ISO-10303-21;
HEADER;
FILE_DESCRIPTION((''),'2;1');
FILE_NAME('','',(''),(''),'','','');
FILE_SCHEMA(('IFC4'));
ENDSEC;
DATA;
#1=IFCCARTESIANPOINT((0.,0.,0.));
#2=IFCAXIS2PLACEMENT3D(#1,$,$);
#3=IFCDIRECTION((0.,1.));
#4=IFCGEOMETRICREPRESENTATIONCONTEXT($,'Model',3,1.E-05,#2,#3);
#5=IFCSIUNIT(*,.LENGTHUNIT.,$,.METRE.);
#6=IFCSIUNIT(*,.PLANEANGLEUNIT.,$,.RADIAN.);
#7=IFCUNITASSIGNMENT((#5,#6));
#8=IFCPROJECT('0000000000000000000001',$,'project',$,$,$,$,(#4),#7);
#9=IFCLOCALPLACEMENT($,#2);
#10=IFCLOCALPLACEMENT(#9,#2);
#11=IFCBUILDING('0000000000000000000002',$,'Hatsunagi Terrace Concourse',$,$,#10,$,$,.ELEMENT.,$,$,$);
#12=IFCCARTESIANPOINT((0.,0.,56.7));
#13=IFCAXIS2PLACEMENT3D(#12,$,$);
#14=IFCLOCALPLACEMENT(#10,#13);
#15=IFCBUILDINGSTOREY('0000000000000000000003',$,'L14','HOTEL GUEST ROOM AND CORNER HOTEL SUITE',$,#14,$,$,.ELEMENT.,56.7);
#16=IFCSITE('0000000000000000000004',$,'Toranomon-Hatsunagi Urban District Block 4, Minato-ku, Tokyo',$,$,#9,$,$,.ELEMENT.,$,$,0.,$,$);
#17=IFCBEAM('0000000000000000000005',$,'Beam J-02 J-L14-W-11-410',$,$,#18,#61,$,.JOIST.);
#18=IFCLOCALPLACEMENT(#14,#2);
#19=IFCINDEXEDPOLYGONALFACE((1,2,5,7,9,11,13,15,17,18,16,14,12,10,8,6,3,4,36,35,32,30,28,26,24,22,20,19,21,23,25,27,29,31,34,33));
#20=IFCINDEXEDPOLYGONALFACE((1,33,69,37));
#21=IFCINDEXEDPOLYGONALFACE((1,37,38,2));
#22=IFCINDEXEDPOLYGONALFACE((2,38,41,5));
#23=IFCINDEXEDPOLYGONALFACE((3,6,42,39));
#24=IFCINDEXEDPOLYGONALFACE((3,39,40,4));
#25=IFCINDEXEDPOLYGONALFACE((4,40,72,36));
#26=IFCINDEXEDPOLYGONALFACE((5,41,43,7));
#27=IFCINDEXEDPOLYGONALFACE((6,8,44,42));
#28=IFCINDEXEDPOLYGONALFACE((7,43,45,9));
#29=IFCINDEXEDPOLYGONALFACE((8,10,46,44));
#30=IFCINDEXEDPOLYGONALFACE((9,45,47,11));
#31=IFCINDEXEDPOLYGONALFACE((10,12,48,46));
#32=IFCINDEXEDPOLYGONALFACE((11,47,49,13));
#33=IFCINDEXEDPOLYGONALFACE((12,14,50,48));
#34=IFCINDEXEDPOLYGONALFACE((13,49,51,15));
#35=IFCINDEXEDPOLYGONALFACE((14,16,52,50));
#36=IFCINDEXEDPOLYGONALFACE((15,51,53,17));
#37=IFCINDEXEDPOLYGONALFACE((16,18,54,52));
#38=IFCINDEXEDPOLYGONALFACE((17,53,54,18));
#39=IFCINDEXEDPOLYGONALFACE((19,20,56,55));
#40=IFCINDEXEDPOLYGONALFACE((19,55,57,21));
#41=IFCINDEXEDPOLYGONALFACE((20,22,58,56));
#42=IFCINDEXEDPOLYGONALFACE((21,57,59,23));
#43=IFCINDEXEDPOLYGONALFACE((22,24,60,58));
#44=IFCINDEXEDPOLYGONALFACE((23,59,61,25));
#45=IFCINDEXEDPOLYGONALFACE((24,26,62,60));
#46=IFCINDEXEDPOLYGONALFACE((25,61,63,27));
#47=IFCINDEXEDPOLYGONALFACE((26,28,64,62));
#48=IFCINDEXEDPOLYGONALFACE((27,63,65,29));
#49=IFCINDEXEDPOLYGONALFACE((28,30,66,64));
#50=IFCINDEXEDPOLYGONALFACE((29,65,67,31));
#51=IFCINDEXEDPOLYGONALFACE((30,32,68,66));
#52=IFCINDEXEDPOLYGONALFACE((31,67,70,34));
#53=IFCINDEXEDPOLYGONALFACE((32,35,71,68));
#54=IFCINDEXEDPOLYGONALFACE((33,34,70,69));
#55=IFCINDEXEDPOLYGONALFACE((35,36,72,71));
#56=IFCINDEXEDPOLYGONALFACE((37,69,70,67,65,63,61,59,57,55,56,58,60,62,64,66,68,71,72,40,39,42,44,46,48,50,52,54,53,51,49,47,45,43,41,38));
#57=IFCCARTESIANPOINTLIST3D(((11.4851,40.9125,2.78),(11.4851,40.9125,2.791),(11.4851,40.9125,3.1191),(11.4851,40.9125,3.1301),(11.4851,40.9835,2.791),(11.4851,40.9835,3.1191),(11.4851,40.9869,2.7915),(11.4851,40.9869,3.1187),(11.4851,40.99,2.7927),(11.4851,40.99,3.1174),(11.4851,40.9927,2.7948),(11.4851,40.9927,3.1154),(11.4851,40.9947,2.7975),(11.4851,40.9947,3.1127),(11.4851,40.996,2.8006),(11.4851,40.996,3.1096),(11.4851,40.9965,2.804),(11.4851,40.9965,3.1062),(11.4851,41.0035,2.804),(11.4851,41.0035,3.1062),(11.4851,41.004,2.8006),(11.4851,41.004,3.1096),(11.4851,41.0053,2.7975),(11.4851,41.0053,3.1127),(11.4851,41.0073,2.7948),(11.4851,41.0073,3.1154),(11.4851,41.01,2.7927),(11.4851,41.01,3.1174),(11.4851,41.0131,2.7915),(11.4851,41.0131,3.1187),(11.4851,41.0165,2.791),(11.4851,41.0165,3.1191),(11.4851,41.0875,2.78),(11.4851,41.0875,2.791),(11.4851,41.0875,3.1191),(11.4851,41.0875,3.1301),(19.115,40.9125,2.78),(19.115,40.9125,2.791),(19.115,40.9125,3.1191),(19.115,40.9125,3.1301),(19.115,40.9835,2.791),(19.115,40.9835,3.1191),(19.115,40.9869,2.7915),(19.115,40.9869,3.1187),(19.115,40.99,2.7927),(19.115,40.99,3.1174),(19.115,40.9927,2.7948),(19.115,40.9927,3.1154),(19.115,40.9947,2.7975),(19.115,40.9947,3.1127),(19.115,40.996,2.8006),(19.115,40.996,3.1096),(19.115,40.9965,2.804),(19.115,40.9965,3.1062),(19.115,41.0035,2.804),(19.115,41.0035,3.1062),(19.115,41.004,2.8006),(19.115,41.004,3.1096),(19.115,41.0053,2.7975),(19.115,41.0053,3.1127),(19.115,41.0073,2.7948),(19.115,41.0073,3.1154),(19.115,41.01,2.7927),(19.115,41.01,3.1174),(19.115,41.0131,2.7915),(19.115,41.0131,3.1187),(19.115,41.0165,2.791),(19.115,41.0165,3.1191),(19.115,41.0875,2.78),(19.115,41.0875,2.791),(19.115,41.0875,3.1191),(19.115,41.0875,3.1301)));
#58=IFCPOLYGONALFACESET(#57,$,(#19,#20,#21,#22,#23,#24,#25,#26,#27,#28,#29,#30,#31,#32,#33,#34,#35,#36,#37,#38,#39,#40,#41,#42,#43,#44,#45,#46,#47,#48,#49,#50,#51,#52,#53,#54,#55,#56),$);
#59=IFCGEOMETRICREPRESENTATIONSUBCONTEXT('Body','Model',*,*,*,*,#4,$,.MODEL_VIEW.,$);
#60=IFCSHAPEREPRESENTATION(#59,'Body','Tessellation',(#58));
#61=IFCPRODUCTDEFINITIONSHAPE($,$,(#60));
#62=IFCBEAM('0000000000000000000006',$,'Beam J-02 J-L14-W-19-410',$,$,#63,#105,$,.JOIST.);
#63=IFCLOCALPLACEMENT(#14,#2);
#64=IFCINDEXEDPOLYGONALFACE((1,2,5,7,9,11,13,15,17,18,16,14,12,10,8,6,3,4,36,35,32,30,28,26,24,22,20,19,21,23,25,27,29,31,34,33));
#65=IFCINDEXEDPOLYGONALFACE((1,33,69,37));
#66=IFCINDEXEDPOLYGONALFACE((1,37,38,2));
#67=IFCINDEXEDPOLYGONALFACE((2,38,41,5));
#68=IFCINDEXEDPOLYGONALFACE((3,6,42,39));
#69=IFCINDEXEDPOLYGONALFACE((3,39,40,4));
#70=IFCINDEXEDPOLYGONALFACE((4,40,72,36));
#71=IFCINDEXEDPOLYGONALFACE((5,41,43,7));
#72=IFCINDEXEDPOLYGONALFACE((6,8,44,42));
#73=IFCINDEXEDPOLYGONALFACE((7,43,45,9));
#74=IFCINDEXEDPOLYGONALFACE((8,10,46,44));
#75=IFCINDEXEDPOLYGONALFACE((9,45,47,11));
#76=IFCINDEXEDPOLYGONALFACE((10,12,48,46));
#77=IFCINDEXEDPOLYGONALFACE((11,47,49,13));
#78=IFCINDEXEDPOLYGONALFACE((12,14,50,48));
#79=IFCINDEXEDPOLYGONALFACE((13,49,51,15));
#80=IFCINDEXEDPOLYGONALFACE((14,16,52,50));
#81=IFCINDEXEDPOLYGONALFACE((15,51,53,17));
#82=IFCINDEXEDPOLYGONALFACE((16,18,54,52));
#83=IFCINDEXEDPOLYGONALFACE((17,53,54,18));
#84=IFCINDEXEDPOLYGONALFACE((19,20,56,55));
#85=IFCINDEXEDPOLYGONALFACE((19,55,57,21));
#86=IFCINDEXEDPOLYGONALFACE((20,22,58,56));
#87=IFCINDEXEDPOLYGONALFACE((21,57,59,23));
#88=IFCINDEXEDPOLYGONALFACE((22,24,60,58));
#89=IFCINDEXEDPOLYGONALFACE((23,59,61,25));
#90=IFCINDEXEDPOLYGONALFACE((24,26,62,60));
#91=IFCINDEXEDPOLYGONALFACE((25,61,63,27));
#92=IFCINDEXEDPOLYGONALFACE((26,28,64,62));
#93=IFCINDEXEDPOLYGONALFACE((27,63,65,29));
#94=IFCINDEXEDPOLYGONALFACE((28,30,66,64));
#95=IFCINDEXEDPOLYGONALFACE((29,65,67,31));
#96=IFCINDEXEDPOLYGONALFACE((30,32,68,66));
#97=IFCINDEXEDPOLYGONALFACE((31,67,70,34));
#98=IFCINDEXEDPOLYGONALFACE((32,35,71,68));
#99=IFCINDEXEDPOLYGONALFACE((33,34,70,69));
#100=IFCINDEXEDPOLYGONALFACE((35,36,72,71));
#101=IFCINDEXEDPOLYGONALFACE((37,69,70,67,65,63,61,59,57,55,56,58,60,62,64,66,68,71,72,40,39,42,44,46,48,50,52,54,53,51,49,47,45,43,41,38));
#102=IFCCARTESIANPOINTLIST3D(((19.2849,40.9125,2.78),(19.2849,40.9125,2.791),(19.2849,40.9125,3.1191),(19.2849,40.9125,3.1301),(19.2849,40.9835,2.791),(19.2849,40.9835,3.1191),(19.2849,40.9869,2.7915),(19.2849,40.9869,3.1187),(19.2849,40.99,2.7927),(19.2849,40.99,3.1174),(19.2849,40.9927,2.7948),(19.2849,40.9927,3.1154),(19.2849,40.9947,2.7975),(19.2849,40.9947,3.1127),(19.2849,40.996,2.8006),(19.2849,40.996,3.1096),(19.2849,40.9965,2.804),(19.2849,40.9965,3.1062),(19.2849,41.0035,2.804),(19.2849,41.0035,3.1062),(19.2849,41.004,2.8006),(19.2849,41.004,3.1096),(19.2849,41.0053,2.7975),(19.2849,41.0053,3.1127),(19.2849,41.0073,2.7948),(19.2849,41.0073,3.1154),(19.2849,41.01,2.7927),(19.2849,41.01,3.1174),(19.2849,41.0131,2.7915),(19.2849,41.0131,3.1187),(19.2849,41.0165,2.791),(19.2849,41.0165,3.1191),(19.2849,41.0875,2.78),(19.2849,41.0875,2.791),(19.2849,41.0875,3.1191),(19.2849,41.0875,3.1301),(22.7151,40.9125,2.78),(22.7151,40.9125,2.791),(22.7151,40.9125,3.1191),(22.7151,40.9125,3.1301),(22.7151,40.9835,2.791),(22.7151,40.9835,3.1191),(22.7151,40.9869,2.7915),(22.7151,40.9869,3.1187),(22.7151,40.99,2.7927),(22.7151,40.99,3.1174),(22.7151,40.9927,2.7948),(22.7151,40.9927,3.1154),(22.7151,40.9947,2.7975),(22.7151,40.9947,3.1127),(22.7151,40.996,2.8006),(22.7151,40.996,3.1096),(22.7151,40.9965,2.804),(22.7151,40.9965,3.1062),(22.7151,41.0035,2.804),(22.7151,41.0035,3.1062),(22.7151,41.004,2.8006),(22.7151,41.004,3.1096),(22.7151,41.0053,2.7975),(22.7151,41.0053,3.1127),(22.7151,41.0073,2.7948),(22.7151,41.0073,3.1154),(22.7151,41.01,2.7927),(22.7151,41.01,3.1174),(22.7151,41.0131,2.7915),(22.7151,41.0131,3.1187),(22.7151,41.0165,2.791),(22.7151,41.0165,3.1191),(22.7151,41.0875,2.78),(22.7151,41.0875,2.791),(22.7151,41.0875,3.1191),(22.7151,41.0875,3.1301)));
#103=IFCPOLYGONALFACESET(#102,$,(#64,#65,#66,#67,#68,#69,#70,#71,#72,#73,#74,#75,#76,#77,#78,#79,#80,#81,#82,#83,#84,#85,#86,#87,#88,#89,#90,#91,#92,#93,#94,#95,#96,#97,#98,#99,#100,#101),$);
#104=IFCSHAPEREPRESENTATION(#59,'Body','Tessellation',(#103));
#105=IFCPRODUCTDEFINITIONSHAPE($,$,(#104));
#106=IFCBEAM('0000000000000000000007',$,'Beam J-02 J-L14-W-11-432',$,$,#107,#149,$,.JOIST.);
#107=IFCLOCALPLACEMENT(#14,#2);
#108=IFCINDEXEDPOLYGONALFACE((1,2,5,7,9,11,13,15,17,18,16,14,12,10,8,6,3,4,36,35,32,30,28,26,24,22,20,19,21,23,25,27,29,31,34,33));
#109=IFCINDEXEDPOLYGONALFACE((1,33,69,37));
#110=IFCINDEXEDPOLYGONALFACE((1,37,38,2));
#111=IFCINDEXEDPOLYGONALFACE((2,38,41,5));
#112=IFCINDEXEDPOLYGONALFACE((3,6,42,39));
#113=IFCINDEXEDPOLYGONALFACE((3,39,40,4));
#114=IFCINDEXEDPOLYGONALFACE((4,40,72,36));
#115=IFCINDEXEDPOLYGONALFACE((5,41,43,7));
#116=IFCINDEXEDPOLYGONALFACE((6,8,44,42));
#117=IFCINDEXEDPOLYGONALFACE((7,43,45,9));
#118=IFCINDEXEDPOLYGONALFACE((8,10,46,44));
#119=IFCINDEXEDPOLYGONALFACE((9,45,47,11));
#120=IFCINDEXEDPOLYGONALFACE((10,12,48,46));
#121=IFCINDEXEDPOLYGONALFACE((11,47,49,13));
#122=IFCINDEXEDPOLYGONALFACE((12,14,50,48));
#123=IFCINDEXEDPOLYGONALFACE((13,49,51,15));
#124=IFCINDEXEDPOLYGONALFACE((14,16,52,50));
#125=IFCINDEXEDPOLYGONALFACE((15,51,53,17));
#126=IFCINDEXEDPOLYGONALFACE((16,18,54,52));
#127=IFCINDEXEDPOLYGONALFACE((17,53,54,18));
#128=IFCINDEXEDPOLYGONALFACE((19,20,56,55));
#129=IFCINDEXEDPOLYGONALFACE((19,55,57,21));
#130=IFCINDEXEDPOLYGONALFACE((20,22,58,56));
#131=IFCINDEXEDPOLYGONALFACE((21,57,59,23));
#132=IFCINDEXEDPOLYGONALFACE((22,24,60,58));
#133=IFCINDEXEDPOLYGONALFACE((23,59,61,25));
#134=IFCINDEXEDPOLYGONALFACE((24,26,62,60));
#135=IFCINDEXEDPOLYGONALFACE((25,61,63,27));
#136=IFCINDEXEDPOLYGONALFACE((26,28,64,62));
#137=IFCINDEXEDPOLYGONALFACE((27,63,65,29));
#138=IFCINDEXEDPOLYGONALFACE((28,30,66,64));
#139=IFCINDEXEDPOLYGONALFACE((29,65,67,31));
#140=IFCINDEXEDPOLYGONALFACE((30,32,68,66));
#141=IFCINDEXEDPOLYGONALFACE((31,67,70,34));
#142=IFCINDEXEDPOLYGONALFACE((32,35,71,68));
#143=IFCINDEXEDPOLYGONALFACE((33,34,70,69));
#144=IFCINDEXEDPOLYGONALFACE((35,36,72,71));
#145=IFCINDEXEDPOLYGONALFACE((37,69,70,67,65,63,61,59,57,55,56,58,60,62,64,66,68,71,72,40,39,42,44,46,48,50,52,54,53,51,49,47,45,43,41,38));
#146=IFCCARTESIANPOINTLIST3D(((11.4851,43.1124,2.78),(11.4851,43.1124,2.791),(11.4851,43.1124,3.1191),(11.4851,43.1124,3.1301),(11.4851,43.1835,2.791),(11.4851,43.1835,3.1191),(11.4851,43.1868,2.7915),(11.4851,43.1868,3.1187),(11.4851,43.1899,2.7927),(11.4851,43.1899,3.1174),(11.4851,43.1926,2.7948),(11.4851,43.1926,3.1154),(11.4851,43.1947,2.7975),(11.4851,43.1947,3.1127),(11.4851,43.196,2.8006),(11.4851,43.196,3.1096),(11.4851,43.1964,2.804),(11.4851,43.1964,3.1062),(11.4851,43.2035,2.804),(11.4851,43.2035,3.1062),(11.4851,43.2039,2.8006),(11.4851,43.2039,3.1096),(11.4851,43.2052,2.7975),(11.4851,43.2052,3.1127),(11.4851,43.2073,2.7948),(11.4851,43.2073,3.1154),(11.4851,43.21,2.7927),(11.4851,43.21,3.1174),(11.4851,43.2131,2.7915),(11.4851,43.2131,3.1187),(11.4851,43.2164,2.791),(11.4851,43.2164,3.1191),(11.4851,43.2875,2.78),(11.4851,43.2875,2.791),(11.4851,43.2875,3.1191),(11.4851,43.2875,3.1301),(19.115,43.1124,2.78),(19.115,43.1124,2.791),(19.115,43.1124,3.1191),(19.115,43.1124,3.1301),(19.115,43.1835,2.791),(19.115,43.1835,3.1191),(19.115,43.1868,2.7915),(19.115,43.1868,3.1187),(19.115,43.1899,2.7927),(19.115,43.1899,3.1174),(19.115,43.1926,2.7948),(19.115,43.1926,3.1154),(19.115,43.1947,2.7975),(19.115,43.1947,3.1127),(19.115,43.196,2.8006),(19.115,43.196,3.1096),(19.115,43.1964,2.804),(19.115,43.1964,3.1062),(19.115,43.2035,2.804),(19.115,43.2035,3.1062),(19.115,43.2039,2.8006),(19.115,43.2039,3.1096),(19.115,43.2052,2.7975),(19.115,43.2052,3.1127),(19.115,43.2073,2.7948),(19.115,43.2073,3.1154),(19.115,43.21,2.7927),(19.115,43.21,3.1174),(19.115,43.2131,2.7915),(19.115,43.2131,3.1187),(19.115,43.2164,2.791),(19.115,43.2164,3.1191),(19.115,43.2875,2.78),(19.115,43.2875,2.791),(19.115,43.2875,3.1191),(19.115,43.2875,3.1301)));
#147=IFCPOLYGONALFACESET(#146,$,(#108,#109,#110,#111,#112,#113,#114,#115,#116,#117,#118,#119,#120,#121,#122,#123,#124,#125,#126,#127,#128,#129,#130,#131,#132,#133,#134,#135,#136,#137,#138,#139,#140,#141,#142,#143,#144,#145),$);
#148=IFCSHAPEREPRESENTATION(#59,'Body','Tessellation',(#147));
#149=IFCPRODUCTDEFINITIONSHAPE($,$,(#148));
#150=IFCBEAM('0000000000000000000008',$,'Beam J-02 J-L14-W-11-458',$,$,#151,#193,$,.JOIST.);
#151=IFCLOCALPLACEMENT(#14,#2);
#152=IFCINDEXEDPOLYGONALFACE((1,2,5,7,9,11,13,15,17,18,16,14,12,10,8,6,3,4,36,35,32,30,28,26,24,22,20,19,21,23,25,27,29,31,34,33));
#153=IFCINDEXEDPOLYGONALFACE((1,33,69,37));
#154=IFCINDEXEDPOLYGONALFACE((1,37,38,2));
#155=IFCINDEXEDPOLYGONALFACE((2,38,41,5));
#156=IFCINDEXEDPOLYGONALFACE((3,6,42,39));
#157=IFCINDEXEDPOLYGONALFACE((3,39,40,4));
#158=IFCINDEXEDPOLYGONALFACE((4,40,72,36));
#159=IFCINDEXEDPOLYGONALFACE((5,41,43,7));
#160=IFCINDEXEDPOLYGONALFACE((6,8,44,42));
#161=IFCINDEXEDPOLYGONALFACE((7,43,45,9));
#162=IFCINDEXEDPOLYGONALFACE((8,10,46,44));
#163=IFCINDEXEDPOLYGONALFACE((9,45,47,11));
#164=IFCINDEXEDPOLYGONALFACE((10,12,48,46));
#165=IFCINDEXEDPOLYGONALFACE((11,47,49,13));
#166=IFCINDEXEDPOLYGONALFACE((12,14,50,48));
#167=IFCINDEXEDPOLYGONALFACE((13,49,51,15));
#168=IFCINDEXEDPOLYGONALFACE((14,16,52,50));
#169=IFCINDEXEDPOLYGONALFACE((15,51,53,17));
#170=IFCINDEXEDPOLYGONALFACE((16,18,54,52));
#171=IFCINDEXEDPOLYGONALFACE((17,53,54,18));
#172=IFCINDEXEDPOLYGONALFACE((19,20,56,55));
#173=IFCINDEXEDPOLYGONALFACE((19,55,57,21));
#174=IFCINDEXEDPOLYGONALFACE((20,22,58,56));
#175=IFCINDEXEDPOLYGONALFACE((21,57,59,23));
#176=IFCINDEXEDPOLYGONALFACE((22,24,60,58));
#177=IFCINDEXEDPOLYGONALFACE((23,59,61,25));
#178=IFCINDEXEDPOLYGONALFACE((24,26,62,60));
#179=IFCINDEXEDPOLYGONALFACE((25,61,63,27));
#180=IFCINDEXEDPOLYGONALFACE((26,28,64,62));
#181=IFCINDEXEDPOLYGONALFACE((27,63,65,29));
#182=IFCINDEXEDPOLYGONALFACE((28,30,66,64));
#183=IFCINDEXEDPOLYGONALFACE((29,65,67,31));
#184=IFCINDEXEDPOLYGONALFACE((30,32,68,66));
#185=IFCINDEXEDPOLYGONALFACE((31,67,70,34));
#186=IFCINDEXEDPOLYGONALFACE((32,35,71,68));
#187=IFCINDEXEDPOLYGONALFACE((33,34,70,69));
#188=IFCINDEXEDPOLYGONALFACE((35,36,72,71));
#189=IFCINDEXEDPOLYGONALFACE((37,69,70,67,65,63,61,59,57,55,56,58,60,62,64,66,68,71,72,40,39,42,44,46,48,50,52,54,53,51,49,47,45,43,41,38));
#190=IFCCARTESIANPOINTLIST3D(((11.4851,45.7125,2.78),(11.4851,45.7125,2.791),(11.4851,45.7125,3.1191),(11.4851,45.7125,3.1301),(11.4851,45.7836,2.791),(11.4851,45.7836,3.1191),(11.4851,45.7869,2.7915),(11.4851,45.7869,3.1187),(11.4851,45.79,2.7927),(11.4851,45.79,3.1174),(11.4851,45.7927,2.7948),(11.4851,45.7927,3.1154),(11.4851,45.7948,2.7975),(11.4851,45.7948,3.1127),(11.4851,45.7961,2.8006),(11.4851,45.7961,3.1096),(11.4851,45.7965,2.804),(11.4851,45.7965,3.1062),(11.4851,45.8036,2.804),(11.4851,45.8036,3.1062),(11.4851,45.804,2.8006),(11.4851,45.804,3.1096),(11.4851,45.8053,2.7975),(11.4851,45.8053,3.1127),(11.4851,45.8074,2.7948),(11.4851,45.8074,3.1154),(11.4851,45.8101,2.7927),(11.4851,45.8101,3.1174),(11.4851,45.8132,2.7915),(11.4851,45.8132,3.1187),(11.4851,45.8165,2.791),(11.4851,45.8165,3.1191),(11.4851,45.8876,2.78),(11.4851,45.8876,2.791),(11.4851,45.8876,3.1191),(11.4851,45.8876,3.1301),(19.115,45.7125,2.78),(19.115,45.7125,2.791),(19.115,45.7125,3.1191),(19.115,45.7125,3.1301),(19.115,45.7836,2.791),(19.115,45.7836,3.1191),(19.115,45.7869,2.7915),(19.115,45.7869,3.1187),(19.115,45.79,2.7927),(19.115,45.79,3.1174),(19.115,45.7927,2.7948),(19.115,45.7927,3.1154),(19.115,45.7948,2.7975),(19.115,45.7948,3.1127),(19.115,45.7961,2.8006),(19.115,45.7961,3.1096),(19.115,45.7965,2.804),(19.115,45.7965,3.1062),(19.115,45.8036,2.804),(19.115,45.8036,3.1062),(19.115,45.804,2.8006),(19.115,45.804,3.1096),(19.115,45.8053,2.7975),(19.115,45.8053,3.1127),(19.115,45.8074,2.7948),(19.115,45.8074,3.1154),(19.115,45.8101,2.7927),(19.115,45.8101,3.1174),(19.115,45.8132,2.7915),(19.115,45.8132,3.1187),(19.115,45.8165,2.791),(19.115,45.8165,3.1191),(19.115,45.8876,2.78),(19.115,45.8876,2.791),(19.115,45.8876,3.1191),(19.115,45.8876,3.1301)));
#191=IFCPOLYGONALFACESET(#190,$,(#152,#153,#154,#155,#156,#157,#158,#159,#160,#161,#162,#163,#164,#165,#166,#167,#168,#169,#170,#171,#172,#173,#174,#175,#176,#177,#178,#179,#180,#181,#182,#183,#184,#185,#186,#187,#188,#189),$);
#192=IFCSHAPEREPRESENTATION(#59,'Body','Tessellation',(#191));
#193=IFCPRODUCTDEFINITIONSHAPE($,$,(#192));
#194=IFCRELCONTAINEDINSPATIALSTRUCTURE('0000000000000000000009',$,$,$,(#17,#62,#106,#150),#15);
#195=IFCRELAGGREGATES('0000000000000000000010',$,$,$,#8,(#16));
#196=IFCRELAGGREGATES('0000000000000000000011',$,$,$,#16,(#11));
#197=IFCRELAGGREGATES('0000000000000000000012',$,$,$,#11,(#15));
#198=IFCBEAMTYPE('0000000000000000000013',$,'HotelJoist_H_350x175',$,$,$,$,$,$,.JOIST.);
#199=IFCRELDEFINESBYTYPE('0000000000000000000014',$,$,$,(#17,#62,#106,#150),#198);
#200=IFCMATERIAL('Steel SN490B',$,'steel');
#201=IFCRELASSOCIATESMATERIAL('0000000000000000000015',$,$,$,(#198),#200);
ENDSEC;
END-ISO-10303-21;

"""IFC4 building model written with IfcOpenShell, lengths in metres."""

from ifc_helpers import new_model, si_unit, direction, frame, origin, origin_2d, place, context, subcontext, project, spatial, i_section, extrude, material, material_profile, profile_set, type_object, element, save


model = new_model("IFC4")

# Units and contexts
model_context = context("Model", 3, precision=1e-05, world=origin(), true_north=direction((0.0, 1.0)))
body_context = subcontext(model_context, "Body", "Model", "MODEL_VIEW")
ifc_project = project(units=[si_unit("LENGTHUNIT", "METRE"), si_unit("PLANEANGLEUNIT", "RADIAN")], contexts=[model_context])

# Site, building, storey
site_placement = place(None, origin())
site = spatial("IfcSite", under=ifc_project, at=site_placement, Name="Toranomon-Hatsunagi Urban District Block 4, Minato-ku, Tokyo", CompositionType="ELEMENT", RefElevation=0.0)
building_placement = place(site_placement, origin())
building = spatial("IfcBuilding", under=site, at=building_placement, Name="Hatsunagi Terrace Concourse", CompositionType="ELEMENT")
storey_placement = place(building_placement, frame((0.0, 0.0, 56.7)))
storey = spatial("IfcBuildingStorey", under=building, at=storey_placement, Name="L14", Description="HOTEL GUEST ROOM AND CORNER HOTEL SUITE", CompositionType="ELEMENT", Elevation=56.7)

# Beams
ifc_material_1 = material(Name="Steel SN490B", Category="steel")
ifc_material_profile_1 = material_profile(ifc_material_1, i_section(OverallWidth=0.175, OverallDepth=0.3501, WebThickness=0.0071, FlangeThickness=0.011, FilletRadius=0.0129, at=origin_2d()), Name="H-350x175x7x11")
ifc_profile_set_1 = profile_set([ifc_material_profile_1], Name="Steel SN490B")
beam_type_1 = type_object("IfcBeamType", Name="HotelJoist_H_350x175", PredefinedType="JOIST", material=ifc_profile_set_1)
beam_1_placement = place(storey_placement, frame((11.4851, 41.0, 2.9551), z_axis=(1.0, 0.0, 0.0), x_axis=(0.0, 1.0, 0.0)))
element("IfcBeam", 1, at=beam_1_placement, inside=storey, type_object=beam_type_1, Name="Beam J-02 J-L14-W-11-410", PredefinedType="JOIST", context=body_context, shape_type="SweptSolid", body=[
    extrude(i_section(OverallWidth=0.175, OverallDepth=0.3501, WebThickness=0.0071, FlangeThickness=0.011, FilletRadius=0.0129, at=origin_2d()), origin(), (0.0, 0.0, 1.0), 7.6299),
])
beam_2_placement = place(storey_placement, frame((19.2849, 41.0, 2.9551), z_axis=(1.0, 0.0, 0.0), x_axis=(0.0, 1.0, 0.0)))
element("IfcBeam", 2, at=beam_2_placement, inside=storey, type_object=beam_type_1, Name="Beam J-02 J-L14-W-19-410", PredefinedType="JOIST", context=body_context, shape_type="SweptSolid", body=[
    extrude(i_section(OverallWidth=0.175, OverallDepth=0.3501, WebThickness=0.0071, FlangeThickness=0.011, FilletRadius=0.0129, at=origin_2d()), origin(), (0.0, 0.0, 1.0), 3.4302),
])
for number, where, z_axis, x_axis, name in (
    (3, (11.4851, 43.2, 2.9551), (1.0, 0.0, 0.0), (0.0, 1.0, 0.0), "Beam J-02 J-L14-W-11-432"),
    (4, (11.4851, 45.8, 2.9551), (1.0, 0.0, 0.0), (0.0, 1.0, 0.0), "Beam J-02 J-L14-W-11-458"),
):
    element("IfcBeam", number, at=place(storey_placement, frame(where, z_axis=z_axis, x_axis=x_axis)), inside=storey, type_object=beam_type_1, Name=name, PredefinedType="JOIST", context=body_context, shape_type="SweptSolid", body=[
        extrude(i_section(OverallWidth=0.175, OverallDepth=0.3501, WebThickness=0.0071, FlangeThickness=0.011, FilletRadius=0.0129, at=origin_2d()), origin(), (0.0, 0.0, 1.0), 7.6299),
    ])

save(model, "model.ifc")
